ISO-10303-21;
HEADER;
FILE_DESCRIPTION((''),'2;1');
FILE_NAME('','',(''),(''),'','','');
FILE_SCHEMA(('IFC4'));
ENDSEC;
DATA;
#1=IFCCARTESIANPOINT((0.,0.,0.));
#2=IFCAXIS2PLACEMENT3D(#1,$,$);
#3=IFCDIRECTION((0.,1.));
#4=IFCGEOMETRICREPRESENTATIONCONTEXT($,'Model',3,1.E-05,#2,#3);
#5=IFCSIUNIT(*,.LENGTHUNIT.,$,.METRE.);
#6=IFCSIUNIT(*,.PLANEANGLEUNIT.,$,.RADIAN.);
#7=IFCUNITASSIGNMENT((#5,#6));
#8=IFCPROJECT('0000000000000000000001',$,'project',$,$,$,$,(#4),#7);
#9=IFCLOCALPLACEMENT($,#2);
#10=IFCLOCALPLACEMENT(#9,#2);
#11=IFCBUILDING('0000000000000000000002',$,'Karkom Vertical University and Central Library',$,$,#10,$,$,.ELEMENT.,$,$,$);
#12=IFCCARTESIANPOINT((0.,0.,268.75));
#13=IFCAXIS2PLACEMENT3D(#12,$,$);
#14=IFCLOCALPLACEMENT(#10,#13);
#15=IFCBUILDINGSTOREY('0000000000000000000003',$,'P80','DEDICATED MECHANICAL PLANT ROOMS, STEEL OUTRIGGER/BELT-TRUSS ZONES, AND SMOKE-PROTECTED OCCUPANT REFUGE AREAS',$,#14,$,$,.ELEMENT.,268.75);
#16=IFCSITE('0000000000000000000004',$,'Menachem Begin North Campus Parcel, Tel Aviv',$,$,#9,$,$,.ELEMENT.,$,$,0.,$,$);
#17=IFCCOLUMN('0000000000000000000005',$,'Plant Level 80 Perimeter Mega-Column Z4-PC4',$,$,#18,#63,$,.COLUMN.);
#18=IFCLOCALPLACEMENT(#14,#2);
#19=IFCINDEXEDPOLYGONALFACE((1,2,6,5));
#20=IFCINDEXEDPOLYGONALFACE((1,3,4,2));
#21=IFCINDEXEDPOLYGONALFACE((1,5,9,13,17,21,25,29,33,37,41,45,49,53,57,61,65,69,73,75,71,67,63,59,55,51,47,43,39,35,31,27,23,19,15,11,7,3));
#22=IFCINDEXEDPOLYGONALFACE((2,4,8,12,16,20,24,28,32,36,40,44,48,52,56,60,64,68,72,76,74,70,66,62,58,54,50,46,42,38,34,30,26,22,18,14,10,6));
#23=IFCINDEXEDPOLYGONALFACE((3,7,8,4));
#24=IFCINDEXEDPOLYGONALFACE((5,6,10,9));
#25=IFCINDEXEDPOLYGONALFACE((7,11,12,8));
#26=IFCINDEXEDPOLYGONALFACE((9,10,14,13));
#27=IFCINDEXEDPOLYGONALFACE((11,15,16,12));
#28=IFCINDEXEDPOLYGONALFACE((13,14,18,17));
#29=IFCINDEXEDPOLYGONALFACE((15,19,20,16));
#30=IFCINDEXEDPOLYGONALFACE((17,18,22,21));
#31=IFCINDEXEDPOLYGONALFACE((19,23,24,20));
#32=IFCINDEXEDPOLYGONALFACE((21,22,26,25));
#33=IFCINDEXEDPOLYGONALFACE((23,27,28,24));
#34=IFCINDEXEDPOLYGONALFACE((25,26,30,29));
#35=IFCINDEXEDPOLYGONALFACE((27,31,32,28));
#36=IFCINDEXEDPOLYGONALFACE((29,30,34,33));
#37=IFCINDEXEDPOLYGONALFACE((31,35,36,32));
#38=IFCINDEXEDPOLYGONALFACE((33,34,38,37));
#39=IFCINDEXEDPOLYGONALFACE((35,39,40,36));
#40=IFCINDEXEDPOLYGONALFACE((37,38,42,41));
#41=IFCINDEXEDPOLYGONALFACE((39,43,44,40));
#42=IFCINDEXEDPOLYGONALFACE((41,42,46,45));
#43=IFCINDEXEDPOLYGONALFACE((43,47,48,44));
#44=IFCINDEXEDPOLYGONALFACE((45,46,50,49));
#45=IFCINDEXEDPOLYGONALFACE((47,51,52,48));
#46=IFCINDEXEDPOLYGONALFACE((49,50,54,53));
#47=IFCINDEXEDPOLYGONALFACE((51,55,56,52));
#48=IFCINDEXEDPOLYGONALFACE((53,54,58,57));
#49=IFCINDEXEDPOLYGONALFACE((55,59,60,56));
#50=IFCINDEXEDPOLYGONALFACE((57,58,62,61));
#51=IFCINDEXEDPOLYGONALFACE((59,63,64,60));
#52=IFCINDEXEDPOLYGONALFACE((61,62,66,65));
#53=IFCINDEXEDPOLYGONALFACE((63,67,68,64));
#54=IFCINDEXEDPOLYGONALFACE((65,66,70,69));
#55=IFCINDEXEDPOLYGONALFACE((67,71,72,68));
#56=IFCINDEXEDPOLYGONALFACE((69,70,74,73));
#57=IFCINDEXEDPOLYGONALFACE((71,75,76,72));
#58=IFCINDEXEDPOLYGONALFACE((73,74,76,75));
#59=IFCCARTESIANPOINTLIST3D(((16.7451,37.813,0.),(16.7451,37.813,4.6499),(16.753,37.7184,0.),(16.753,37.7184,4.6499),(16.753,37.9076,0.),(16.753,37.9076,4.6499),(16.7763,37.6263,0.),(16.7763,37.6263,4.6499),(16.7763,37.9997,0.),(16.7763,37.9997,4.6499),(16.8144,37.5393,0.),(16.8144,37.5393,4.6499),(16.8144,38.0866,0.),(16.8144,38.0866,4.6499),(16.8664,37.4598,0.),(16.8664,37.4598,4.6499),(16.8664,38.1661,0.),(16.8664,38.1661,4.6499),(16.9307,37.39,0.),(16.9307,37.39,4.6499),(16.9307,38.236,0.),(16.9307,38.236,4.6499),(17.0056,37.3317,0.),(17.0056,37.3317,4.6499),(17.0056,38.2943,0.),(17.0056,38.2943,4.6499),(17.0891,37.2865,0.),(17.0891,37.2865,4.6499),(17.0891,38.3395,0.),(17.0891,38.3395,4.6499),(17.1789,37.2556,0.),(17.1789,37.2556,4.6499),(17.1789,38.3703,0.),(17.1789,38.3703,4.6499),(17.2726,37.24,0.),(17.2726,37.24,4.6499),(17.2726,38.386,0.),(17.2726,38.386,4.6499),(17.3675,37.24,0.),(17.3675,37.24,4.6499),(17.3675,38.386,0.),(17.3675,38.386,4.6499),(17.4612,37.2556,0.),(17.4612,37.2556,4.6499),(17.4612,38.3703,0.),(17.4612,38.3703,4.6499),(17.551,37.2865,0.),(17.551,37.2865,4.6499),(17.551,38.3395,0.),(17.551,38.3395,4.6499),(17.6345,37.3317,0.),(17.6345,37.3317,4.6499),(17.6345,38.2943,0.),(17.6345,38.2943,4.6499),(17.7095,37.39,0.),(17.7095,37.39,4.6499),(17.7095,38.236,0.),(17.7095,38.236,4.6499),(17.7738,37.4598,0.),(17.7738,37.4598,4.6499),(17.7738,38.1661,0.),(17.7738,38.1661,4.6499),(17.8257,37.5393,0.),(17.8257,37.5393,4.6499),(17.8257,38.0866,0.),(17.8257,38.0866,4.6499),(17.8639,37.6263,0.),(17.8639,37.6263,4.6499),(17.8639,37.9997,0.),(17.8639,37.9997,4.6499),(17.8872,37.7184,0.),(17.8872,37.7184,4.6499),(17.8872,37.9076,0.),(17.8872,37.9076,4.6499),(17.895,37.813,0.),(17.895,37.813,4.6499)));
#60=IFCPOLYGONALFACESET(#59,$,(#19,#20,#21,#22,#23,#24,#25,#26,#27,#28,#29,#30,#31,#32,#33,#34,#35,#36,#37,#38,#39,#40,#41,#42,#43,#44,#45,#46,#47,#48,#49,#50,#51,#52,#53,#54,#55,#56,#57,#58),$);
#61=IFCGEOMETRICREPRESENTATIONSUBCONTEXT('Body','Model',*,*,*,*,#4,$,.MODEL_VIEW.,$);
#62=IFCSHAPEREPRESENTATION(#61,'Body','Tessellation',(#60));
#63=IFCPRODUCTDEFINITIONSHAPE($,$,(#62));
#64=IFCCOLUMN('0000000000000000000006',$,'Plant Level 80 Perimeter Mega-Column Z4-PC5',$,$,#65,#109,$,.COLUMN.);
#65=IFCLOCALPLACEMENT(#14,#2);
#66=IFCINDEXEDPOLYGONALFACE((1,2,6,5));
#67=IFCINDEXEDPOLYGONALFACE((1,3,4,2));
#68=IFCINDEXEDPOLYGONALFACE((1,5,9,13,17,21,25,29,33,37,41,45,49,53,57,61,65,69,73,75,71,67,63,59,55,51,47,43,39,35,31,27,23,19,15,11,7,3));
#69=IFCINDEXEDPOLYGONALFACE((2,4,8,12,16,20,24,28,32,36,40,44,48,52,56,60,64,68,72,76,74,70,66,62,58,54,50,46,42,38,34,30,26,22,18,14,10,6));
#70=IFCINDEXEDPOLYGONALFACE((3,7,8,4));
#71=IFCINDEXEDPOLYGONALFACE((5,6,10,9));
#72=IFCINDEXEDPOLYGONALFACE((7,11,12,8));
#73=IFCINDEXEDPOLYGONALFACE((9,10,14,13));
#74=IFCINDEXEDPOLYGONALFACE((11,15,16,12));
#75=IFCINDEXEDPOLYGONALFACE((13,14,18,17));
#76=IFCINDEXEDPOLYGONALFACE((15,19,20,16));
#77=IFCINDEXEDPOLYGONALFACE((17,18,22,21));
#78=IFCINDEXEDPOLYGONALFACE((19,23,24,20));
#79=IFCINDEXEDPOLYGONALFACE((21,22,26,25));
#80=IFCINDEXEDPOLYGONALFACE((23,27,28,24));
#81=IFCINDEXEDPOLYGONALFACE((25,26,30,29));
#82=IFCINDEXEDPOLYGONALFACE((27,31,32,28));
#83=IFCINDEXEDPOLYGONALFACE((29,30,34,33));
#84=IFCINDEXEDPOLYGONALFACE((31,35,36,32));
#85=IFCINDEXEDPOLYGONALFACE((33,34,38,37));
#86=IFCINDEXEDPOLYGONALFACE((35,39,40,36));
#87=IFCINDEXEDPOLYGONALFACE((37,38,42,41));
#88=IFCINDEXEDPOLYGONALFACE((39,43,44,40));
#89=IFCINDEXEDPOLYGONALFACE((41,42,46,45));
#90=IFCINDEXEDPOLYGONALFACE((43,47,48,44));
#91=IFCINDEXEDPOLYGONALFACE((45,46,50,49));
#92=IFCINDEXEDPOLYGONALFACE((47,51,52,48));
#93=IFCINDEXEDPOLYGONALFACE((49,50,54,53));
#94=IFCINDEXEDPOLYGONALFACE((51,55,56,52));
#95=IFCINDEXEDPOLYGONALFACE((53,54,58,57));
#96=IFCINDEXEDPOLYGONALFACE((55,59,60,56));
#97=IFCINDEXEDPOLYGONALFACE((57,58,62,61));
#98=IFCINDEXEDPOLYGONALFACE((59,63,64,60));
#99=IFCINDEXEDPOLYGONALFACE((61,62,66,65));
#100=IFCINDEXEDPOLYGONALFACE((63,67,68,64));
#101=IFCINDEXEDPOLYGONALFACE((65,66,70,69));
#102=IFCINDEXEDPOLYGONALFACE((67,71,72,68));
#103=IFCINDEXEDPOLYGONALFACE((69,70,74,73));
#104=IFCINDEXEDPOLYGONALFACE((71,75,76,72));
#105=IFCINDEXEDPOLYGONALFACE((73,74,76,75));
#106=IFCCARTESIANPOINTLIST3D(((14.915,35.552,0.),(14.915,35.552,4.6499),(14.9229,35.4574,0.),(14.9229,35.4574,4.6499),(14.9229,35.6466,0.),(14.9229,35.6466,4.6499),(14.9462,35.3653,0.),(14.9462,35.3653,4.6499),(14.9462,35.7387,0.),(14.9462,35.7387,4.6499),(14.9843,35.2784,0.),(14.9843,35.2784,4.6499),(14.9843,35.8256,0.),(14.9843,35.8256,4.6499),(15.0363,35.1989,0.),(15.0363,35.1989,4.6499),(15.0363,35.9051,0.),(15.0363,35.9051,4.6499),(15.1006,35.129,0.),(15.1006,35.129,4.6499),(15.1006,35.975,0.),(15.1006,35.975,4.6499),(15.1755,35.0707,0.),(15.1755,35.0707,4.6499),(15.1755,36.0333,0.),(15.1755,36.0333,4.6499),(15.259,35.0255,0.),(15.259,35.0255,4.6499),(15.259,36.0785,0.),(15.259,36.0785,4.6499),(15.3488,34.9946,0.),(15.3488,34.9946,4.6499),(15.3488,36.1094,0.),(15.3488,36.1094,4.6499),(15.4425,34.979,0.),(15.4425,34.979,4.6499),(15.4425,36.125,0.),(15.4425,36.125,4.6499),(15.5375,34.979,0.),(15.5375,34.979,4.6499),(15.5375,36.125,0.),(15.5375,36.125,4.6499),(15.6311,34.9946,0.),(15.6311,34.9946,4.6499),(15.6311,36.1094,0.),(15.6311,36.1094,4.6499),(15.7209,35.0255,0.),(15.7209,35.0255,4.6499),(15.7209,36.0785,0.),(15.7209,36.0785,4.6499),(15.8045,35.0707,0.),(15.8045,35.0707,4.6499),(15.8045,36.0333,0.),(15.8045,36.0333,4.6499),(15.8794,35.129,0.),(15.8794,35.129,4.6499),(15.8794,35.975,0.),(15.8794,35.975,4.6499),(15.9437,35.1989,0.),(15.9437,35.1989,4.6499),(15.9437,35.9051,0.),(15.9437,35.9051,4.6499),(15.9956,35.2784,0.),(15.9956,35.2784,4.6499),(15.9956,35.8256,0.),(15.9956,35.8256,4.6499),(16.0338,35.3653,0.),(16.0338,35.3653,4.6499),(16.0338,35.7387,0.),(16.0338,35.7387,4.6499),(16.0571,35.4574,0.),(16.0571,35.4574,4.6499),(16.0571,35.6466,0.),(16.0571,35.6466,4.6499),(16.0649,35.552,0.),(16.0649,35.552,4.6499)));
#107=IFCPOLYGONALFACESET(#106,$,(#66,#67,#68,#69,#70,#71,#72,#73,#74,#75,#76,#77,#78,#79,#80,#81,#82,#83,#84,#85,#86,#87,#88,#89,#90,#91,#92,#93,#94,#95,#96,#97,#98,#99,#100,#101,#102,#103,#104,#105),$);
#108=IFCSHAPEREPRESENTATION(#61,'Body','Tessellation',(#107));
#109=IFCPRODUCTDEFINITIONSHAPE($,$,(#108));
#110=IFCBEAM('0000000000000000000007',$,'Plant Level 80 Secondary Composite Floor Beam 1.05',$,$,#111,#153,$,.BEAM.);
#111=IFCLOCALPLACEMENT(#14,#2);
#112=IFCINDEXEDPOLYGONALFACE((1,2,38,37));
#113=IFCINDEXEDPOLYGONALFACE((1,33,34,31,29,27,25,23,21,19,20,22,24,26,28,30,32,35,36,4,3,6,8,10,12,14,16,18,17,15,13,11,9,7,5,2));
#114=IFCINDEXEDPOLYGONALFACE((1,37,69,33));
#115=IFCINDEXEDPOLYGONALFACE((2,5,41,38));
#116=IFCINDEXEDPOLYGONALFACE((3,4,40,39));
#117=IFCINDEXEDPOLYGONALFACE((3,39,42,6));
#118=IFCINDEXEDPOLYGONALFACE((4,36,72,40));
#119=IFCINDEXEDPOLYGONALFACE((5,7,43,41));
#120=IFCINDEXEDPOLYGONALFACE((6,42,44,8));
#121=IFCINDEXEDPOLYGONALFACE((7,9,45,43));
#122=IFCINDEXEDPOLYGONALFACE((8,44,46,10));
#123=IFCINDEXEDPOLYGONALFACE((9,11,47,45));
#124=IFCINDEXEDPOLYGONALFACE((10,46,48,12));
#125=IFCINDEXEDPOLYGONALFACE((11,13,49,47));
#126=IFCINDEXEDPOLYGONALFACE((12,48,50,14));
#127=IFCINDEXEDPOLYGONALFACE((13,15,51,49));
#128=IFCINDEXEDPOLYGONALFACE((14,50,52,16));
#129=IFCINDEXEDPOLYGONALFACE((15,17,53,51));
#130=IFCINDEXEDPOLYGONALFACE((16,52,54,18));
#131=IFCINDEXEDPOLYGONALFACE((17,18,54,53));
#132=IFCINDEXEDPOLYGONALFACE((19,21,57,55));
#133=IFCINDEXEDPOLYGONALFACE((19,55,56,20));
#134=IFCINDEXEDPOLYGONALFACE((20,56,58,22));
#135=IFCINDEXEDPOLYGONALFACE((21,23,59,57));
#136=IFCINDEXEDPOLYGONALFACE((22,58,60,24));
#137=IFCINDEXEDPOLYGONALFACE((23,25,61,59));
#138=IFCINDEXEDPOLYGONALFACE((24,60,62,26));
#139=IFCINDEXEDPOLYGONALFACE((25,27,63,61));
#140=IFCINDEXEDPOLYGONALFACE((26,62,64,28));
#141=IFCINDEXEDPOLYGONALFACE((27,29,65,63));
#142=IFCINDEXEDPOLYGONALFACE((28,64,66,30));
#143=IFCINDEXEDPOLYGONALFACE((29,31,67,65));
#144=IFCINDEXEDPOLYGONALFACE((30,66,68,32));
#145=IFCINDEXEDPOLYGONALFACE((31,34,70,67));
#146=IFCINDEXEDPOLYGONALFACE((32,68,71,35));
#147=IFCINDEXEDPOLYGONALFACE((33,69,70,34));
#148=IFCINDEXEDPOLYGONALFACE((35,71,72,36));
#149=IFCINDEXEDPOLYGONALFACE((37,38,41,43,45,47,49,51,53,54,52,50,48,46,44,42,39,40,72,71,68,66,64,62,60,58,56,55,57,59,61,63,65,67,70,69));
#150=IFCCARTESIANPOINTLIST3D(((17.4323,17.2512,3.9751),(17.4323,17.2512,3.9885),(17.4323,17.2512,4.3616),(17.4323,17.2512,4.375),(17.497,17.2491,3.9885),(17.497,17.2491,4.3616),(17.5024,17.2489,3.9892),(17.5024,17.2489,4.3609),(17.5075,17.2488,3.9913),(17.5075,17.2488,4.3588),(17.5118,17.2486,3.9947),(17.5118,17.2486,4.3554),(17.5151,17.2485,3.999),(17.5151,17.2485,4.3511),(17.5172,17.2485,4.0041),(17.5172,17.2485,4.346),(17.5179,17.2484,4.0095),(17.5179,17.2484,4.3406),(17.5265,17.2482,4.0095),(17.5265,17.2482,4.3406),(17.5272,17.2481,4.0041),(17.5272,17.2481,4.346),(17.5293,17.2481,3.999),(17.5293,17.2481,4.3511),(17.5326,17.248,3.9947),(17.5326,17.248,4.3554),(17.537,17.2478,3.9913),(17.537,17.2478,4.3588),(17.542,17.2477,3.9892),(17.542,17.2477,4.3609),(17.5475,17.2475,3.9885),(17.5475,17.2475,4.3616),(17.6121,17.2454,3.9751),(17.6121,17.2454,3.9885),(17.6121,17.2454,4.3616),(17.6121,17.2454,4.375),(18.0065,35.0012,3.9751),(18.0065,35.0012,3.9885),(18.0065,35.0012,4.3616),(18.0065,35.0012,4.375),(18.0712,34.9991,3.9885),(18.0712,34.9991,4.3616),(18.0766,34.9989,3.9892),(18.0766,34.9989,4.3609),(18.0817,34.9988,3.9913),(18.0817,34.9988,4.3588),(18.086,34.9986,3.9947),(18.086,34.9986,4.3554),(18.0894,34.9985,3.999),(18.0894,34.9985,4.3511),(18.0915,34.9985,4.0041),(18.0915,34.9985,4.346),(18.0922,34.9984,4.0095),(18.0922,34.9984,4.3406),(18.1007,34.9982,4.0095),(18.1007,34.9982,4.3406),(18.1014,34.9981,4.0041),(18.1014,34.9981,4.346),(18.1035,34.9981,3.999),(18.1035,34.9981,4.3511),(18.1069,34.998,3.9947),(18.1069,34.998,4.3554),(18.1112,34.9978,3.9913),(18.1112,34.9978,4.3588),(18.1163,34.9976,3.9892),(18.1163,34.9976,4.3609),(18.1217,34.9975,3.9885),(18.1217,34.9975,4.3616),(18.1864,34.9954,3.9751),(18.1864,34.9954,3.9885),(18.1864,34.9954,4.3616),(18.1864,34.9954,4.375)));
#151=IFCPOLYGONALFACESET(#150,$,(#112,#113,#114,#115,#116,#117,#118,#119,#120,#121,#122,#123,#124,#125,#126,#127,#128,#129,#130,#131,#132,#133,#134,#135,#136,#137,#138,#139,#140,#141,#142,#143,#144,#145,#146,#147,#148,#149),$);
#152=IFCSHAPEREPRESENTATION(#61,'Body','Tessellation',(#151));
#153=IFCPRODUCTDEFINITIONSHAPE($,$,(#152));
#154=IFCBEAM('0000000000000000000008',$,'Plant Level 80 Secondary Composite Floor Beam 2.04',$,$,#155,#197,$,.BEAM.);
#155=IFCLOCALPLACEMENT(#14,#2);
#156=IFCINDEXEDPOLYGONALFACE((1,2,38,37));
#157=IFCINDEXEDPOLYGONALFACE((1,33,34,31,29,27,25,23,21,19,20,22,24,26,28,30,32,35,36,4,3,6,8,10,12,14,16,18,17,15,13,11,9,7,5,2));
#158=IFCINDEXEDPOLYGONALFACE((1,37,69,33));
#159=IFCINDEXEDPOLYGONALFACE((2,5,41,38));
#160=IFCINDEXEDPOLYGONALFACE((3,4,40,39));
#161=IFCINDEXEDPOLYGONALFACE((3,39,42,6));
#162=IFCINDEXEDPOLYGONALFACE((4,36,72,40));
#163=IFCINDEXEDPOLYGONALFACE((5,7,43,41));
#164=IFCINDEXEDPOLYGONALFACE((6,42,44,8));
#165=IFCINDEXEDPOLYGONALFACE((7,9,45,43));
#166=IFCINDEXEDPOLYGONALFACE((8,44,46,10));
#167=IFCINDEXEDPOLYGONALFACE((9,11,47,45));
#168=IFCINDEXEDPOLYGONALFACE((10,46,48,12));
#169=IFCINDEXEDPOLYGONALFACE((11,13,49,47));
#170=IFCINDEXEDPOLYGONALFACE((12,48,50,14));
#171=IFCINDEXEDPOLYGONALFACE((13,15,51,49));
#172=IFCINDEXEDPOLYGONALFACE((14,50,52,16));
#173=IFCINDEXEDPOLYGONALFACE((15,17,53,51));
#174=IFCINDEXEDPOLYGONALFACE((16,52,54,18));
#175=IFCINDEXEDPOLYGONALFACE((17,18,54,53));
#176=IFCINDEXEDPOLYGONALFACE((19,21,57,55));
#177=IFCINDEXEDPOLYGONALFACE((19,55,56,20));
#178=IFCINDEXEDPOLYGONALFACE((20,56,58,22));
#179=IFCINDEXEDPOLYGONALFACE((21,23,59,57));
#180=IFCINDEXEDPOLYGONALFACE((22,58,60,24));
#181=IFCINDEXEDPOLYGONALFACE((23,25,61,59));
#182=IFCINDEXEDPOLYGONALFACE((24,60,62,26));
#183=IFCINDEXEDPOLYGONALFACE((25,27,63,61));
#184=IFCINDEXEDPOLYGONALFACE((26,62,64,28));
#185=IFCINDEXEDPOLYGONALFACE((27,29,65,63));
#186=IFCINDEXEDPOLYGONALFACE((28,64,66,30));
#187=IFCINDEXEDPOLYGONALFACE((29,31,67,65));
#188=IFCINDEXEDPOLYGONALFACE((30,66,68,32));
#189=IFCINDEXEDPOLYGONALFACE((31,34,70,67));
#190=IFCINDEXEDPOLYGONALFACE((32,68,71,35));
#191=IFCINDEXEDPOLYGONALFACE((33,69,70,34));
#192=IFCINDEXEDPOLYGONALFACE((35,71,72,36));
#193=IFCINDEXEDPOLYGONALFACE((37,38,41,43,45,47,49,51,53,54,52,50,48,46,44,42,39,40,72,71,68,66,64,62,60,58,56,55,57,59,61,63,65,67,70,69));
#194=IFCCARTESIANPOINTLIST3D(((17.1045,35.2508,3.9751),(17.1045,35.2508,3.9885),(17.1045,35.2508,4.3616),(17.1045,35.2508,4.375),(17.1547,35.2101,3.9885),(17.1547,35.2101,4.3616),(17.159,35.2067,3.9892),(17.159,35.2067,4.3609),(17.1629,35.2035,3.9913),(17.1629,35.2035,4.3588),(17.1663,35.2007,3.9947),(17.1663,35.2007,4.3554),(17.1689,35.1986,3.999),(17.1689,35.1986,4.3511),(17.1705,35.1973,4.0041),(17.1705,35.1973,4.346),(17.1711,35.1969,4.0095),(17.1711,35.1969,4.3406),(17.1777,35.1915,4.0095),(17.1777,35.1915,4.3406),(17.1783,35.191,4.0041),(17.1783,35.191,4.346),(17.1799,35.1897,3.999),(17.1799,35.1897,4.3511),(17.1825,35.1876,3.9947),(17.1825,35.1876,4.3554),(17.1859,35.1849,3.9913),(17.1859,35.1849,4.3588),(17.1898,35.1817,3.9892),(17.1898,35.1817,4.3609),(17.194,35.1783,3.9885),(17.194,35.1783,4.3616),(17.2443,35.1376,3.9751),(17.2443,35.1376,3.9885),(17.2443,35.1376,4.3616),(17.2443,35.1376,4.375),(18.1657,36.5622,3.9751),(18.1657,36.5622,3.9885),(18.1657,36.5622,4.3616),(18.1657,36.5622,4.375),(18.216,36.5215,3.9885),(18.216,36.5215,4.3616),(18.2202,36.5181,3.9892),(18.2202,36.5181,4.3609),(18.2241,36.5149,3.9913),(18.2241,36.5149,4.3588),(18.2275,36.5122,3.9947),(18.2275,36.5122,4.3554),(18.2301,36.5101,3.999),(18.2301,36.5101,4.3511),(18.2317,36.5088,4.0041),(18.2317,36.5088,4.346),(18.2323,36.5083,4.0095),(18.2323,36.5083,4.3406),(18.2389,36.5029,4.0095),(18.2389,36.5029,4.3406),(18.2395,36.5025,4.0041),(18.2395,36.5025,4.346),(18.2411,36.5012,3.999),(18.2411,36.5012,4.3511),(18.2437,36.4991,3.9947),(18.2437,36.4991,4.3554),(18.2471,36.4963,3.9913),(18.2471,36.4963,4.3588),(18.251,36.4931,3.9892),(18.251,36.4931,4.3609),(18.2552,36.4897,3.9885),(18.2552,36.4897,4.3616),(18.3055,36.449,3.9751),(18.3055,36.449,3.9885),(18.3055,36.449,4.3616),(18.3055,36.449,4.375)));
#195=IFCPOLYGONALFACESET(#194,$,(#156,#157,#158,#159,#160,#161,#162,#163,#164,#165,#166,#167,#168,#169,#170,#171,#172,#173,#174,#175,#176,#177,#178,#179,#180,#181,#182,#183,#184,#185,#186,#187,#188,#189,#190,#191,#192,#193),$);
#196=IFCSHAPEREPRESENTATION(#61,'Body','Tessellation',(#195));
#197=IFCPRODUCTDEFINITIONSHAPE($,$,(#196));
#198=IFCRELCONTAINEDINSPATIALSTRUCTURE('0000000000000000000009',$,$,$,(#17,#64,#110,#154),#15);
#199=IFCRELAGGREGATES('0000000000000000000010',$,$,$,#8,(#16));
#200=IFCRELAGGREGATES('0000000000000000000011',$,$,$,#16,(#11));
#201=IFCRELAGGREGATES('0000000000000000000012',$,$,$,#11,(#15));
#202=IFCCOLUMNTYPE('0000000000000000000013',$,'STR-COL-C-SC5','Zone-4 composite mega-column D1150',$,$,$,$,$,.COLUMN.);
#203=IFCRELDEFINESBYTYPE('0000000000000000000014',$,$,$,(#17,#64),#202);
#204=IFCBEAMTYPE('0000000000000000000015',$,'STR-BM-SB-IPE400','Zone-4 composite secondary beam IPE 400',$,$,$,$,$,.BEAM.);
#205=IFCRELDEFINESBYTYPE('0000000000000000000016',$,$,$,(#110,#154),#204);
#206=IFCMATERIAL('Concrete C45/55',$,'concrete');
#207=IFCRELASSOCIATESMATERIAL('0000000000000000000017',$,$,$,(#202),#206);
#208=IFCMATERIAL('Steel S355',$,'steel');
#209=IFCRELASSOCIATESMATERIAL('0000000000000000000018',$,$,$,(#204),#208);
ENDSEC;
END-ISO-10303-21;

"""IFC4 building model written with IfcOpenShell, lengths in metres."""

from ifc_helpers import new_model, si_unit, direction, frame, origin, origin_with_axes, origin_2d, place, context, subcontext, project, spatial, circle, i_section, extrude, source, transform, mapped, material, material_profile, profile_set, type_object, element, save


model = new_model("IFC4")

# Units and contexts
model_context = context("Model", 3, precision=1e-05, world=origin(), true_north=direction((0.0, 1.0)))
body_context = subcontext(model_context, "Body", "Model", "MODEL_VIEW")
ifc_project = project(units=[si_unit("LENGTHUNIT", "METRE"), si_unit("PLANEANGLEUNIT", "RADIAN")], contexts=[model_context])

# Site, building, storey
site_placement = place(None, origin())
site = spatial("IfcSite", under=ifc_project, at=site_placement, Name="Menachem Begin North Campus Parcel, Tel Aviv", CompositionType="ELEMENT", RefElevation=0.0)
building_placement = place(site_placement, origin())
building = spatial("IfcBuilding", under=site, at=building_placement, Name="Karkom Vertical University and Central Library", CompositionType="ELEMENT")
storey_placement = place(building_placement, frame((0.0, 0.0, 268.75)))
storey = spatial("IfcBuildingStorey", under=building, at=storey_placement, Name="P80", Description="DEDICATED MECHANICAL PLANT ROOMS, STEEL OUTRIGGER/BELT-TRUSS ZONES, AND SMOKE-PROTECTED OCCUPANT REFUGE AREAS", CompositionType="ELEMENT", Elevation=268.75)

# Columns
ifc_material_1 = material(Name="Concrete C45/55", Category="concrete")
ifc_material_profile_1 = material_profile(ifc_material_1, circle(Radius=0.575, at=origin_2d()), Name="CFT-D1150")
ifc_profile_set_1 = profile_set([ifc_material_profile_1], Name="Concrete C45/55")
column_type = type_object("IfcColumnType", Name="STR-COL-C-SC5", Description="Zone-4 composite mega-column D1150", PredefinedType="COLUMN", material=ifc_profile_set_1)
shared_shape_1 = source(origin_with_axes(), body_context, "Body", "SweptSolid", [
    extrude(circle(Radius=0.575, at=origin_2d()), origin(), (0.0, 0.0, 1.0), 4.6499),
])
for number, where, z_axis, x_axis, name in (
    (1, (17.3201, 37.813, 0.0), (0.0, 0.0, 1.0), (1.0, 0.0, 0.0), "Plant Level 80 Perimeter Mega-Column Z4-PC4"),
    (2, (15.49, 35.552, 0.0), (0.0, 0.0, 1.0), (1.0, 0.0, 0.0), "Plant Level 80 Perimeter Mega-Column Z4-PC5"),
):
    element("IfcColumn", number, at=place(storey_placement, frame(where, z_axis=z_axis, x_axis=x_axis)), inside=storey, type_object=column_type, Name=name, PredefinedType="COLUMN", context=body_context, shape_type="MappedRepresentation", body=[
        mapped(shared_shape_1, transform((0.0, 0.0, 0.0), scale=1.0)),
    ])

# Beams
ifc_material_2 = material(Name="Steel S355", Category="steel")
ifc_material_profile_2 = material_profile(ifc_material_2, i_section(OverallWidth=0.1799, OverallDepth=0.3999, WebThickness=0.0085, FlangeThickness=0.0134, FilletRadius=0.021, at=origin_2d()), Name="IPE 400")
ifc_profile_set_2 = profile_set([ifc_material_profile_2], Name="Steel S355")
beam_type_1 = type_object("IfcBeamType", Name="STR-BM-SB-IPE400", Description="Zone-4 composite secondary beam IPE 400", PredefinedType="BEAM", material=ifc_profile_set_2)
shared_shape_2 = source(origin_with_axes(), body_context, "Body", "SweptSolid", [
    extrude(i_section(OverallWidth=0.1799, OverallDepth=0.3999, WebThickness=0.0085, FlangeThickness=0.0134, FilletRadius=0.021, at=origin_2d()), origin(), (0.0, 0.0, 1.0), 17.7593),
])
beam_1_placement = place(storey_placement, frame((18.0964, 34.9983, 4.175), z_axis=(-0.032333, -0.999477, 0.0), x_axis=(0.999477, -0.032333, 0.0)))
element("IfcBeam", 3, at=beam_1_placement, inside=storey, type_object=beam_type_1, Name="Plant Level 80 Secondary Composite Floor Beam 1.05", PredefinedType="BEAM", context=body_context, shape_type="MappedRepresentation", body=[
    mapped(shared_shape_2, transform((0.0, 0.0, 0.0), scale=1.0)),
])
shared_shape_3 = source(origin_with_axes(), body_context, "Body", "SweptSolid", [
    extrude(i_section(OverallWidth=0.1799, OverallDepth=0.3999, WebThickness=0.0085, FlangeThickness=0.0134, FilletRadius=0.021, at=origin_2d()), origin(), (0.0, 0.0, 1.0), 1.687),
])
beam_2_placement = place(storey_placement, frame((18.2356, 36.5056, 4.175), z_axis=(-0.629044, -0.77737, 0.0), x_axis=(0.77737, -0.629044, 0.0)))
element("IfcBeam", 4, at=beam_2_placement, inside=storey, type_object=beam_type_1, Name="Plant Level 80 Secondary Composite Floor Beam 2.04", PredefinedType="BEAM", context=body_context, shape_type="MappedRepresentation", body=[
    mapped(shared_shape_3, transform((0.0, 0.0, 0.0), scale=1.0)),
])

save(model, "model.ifc")
